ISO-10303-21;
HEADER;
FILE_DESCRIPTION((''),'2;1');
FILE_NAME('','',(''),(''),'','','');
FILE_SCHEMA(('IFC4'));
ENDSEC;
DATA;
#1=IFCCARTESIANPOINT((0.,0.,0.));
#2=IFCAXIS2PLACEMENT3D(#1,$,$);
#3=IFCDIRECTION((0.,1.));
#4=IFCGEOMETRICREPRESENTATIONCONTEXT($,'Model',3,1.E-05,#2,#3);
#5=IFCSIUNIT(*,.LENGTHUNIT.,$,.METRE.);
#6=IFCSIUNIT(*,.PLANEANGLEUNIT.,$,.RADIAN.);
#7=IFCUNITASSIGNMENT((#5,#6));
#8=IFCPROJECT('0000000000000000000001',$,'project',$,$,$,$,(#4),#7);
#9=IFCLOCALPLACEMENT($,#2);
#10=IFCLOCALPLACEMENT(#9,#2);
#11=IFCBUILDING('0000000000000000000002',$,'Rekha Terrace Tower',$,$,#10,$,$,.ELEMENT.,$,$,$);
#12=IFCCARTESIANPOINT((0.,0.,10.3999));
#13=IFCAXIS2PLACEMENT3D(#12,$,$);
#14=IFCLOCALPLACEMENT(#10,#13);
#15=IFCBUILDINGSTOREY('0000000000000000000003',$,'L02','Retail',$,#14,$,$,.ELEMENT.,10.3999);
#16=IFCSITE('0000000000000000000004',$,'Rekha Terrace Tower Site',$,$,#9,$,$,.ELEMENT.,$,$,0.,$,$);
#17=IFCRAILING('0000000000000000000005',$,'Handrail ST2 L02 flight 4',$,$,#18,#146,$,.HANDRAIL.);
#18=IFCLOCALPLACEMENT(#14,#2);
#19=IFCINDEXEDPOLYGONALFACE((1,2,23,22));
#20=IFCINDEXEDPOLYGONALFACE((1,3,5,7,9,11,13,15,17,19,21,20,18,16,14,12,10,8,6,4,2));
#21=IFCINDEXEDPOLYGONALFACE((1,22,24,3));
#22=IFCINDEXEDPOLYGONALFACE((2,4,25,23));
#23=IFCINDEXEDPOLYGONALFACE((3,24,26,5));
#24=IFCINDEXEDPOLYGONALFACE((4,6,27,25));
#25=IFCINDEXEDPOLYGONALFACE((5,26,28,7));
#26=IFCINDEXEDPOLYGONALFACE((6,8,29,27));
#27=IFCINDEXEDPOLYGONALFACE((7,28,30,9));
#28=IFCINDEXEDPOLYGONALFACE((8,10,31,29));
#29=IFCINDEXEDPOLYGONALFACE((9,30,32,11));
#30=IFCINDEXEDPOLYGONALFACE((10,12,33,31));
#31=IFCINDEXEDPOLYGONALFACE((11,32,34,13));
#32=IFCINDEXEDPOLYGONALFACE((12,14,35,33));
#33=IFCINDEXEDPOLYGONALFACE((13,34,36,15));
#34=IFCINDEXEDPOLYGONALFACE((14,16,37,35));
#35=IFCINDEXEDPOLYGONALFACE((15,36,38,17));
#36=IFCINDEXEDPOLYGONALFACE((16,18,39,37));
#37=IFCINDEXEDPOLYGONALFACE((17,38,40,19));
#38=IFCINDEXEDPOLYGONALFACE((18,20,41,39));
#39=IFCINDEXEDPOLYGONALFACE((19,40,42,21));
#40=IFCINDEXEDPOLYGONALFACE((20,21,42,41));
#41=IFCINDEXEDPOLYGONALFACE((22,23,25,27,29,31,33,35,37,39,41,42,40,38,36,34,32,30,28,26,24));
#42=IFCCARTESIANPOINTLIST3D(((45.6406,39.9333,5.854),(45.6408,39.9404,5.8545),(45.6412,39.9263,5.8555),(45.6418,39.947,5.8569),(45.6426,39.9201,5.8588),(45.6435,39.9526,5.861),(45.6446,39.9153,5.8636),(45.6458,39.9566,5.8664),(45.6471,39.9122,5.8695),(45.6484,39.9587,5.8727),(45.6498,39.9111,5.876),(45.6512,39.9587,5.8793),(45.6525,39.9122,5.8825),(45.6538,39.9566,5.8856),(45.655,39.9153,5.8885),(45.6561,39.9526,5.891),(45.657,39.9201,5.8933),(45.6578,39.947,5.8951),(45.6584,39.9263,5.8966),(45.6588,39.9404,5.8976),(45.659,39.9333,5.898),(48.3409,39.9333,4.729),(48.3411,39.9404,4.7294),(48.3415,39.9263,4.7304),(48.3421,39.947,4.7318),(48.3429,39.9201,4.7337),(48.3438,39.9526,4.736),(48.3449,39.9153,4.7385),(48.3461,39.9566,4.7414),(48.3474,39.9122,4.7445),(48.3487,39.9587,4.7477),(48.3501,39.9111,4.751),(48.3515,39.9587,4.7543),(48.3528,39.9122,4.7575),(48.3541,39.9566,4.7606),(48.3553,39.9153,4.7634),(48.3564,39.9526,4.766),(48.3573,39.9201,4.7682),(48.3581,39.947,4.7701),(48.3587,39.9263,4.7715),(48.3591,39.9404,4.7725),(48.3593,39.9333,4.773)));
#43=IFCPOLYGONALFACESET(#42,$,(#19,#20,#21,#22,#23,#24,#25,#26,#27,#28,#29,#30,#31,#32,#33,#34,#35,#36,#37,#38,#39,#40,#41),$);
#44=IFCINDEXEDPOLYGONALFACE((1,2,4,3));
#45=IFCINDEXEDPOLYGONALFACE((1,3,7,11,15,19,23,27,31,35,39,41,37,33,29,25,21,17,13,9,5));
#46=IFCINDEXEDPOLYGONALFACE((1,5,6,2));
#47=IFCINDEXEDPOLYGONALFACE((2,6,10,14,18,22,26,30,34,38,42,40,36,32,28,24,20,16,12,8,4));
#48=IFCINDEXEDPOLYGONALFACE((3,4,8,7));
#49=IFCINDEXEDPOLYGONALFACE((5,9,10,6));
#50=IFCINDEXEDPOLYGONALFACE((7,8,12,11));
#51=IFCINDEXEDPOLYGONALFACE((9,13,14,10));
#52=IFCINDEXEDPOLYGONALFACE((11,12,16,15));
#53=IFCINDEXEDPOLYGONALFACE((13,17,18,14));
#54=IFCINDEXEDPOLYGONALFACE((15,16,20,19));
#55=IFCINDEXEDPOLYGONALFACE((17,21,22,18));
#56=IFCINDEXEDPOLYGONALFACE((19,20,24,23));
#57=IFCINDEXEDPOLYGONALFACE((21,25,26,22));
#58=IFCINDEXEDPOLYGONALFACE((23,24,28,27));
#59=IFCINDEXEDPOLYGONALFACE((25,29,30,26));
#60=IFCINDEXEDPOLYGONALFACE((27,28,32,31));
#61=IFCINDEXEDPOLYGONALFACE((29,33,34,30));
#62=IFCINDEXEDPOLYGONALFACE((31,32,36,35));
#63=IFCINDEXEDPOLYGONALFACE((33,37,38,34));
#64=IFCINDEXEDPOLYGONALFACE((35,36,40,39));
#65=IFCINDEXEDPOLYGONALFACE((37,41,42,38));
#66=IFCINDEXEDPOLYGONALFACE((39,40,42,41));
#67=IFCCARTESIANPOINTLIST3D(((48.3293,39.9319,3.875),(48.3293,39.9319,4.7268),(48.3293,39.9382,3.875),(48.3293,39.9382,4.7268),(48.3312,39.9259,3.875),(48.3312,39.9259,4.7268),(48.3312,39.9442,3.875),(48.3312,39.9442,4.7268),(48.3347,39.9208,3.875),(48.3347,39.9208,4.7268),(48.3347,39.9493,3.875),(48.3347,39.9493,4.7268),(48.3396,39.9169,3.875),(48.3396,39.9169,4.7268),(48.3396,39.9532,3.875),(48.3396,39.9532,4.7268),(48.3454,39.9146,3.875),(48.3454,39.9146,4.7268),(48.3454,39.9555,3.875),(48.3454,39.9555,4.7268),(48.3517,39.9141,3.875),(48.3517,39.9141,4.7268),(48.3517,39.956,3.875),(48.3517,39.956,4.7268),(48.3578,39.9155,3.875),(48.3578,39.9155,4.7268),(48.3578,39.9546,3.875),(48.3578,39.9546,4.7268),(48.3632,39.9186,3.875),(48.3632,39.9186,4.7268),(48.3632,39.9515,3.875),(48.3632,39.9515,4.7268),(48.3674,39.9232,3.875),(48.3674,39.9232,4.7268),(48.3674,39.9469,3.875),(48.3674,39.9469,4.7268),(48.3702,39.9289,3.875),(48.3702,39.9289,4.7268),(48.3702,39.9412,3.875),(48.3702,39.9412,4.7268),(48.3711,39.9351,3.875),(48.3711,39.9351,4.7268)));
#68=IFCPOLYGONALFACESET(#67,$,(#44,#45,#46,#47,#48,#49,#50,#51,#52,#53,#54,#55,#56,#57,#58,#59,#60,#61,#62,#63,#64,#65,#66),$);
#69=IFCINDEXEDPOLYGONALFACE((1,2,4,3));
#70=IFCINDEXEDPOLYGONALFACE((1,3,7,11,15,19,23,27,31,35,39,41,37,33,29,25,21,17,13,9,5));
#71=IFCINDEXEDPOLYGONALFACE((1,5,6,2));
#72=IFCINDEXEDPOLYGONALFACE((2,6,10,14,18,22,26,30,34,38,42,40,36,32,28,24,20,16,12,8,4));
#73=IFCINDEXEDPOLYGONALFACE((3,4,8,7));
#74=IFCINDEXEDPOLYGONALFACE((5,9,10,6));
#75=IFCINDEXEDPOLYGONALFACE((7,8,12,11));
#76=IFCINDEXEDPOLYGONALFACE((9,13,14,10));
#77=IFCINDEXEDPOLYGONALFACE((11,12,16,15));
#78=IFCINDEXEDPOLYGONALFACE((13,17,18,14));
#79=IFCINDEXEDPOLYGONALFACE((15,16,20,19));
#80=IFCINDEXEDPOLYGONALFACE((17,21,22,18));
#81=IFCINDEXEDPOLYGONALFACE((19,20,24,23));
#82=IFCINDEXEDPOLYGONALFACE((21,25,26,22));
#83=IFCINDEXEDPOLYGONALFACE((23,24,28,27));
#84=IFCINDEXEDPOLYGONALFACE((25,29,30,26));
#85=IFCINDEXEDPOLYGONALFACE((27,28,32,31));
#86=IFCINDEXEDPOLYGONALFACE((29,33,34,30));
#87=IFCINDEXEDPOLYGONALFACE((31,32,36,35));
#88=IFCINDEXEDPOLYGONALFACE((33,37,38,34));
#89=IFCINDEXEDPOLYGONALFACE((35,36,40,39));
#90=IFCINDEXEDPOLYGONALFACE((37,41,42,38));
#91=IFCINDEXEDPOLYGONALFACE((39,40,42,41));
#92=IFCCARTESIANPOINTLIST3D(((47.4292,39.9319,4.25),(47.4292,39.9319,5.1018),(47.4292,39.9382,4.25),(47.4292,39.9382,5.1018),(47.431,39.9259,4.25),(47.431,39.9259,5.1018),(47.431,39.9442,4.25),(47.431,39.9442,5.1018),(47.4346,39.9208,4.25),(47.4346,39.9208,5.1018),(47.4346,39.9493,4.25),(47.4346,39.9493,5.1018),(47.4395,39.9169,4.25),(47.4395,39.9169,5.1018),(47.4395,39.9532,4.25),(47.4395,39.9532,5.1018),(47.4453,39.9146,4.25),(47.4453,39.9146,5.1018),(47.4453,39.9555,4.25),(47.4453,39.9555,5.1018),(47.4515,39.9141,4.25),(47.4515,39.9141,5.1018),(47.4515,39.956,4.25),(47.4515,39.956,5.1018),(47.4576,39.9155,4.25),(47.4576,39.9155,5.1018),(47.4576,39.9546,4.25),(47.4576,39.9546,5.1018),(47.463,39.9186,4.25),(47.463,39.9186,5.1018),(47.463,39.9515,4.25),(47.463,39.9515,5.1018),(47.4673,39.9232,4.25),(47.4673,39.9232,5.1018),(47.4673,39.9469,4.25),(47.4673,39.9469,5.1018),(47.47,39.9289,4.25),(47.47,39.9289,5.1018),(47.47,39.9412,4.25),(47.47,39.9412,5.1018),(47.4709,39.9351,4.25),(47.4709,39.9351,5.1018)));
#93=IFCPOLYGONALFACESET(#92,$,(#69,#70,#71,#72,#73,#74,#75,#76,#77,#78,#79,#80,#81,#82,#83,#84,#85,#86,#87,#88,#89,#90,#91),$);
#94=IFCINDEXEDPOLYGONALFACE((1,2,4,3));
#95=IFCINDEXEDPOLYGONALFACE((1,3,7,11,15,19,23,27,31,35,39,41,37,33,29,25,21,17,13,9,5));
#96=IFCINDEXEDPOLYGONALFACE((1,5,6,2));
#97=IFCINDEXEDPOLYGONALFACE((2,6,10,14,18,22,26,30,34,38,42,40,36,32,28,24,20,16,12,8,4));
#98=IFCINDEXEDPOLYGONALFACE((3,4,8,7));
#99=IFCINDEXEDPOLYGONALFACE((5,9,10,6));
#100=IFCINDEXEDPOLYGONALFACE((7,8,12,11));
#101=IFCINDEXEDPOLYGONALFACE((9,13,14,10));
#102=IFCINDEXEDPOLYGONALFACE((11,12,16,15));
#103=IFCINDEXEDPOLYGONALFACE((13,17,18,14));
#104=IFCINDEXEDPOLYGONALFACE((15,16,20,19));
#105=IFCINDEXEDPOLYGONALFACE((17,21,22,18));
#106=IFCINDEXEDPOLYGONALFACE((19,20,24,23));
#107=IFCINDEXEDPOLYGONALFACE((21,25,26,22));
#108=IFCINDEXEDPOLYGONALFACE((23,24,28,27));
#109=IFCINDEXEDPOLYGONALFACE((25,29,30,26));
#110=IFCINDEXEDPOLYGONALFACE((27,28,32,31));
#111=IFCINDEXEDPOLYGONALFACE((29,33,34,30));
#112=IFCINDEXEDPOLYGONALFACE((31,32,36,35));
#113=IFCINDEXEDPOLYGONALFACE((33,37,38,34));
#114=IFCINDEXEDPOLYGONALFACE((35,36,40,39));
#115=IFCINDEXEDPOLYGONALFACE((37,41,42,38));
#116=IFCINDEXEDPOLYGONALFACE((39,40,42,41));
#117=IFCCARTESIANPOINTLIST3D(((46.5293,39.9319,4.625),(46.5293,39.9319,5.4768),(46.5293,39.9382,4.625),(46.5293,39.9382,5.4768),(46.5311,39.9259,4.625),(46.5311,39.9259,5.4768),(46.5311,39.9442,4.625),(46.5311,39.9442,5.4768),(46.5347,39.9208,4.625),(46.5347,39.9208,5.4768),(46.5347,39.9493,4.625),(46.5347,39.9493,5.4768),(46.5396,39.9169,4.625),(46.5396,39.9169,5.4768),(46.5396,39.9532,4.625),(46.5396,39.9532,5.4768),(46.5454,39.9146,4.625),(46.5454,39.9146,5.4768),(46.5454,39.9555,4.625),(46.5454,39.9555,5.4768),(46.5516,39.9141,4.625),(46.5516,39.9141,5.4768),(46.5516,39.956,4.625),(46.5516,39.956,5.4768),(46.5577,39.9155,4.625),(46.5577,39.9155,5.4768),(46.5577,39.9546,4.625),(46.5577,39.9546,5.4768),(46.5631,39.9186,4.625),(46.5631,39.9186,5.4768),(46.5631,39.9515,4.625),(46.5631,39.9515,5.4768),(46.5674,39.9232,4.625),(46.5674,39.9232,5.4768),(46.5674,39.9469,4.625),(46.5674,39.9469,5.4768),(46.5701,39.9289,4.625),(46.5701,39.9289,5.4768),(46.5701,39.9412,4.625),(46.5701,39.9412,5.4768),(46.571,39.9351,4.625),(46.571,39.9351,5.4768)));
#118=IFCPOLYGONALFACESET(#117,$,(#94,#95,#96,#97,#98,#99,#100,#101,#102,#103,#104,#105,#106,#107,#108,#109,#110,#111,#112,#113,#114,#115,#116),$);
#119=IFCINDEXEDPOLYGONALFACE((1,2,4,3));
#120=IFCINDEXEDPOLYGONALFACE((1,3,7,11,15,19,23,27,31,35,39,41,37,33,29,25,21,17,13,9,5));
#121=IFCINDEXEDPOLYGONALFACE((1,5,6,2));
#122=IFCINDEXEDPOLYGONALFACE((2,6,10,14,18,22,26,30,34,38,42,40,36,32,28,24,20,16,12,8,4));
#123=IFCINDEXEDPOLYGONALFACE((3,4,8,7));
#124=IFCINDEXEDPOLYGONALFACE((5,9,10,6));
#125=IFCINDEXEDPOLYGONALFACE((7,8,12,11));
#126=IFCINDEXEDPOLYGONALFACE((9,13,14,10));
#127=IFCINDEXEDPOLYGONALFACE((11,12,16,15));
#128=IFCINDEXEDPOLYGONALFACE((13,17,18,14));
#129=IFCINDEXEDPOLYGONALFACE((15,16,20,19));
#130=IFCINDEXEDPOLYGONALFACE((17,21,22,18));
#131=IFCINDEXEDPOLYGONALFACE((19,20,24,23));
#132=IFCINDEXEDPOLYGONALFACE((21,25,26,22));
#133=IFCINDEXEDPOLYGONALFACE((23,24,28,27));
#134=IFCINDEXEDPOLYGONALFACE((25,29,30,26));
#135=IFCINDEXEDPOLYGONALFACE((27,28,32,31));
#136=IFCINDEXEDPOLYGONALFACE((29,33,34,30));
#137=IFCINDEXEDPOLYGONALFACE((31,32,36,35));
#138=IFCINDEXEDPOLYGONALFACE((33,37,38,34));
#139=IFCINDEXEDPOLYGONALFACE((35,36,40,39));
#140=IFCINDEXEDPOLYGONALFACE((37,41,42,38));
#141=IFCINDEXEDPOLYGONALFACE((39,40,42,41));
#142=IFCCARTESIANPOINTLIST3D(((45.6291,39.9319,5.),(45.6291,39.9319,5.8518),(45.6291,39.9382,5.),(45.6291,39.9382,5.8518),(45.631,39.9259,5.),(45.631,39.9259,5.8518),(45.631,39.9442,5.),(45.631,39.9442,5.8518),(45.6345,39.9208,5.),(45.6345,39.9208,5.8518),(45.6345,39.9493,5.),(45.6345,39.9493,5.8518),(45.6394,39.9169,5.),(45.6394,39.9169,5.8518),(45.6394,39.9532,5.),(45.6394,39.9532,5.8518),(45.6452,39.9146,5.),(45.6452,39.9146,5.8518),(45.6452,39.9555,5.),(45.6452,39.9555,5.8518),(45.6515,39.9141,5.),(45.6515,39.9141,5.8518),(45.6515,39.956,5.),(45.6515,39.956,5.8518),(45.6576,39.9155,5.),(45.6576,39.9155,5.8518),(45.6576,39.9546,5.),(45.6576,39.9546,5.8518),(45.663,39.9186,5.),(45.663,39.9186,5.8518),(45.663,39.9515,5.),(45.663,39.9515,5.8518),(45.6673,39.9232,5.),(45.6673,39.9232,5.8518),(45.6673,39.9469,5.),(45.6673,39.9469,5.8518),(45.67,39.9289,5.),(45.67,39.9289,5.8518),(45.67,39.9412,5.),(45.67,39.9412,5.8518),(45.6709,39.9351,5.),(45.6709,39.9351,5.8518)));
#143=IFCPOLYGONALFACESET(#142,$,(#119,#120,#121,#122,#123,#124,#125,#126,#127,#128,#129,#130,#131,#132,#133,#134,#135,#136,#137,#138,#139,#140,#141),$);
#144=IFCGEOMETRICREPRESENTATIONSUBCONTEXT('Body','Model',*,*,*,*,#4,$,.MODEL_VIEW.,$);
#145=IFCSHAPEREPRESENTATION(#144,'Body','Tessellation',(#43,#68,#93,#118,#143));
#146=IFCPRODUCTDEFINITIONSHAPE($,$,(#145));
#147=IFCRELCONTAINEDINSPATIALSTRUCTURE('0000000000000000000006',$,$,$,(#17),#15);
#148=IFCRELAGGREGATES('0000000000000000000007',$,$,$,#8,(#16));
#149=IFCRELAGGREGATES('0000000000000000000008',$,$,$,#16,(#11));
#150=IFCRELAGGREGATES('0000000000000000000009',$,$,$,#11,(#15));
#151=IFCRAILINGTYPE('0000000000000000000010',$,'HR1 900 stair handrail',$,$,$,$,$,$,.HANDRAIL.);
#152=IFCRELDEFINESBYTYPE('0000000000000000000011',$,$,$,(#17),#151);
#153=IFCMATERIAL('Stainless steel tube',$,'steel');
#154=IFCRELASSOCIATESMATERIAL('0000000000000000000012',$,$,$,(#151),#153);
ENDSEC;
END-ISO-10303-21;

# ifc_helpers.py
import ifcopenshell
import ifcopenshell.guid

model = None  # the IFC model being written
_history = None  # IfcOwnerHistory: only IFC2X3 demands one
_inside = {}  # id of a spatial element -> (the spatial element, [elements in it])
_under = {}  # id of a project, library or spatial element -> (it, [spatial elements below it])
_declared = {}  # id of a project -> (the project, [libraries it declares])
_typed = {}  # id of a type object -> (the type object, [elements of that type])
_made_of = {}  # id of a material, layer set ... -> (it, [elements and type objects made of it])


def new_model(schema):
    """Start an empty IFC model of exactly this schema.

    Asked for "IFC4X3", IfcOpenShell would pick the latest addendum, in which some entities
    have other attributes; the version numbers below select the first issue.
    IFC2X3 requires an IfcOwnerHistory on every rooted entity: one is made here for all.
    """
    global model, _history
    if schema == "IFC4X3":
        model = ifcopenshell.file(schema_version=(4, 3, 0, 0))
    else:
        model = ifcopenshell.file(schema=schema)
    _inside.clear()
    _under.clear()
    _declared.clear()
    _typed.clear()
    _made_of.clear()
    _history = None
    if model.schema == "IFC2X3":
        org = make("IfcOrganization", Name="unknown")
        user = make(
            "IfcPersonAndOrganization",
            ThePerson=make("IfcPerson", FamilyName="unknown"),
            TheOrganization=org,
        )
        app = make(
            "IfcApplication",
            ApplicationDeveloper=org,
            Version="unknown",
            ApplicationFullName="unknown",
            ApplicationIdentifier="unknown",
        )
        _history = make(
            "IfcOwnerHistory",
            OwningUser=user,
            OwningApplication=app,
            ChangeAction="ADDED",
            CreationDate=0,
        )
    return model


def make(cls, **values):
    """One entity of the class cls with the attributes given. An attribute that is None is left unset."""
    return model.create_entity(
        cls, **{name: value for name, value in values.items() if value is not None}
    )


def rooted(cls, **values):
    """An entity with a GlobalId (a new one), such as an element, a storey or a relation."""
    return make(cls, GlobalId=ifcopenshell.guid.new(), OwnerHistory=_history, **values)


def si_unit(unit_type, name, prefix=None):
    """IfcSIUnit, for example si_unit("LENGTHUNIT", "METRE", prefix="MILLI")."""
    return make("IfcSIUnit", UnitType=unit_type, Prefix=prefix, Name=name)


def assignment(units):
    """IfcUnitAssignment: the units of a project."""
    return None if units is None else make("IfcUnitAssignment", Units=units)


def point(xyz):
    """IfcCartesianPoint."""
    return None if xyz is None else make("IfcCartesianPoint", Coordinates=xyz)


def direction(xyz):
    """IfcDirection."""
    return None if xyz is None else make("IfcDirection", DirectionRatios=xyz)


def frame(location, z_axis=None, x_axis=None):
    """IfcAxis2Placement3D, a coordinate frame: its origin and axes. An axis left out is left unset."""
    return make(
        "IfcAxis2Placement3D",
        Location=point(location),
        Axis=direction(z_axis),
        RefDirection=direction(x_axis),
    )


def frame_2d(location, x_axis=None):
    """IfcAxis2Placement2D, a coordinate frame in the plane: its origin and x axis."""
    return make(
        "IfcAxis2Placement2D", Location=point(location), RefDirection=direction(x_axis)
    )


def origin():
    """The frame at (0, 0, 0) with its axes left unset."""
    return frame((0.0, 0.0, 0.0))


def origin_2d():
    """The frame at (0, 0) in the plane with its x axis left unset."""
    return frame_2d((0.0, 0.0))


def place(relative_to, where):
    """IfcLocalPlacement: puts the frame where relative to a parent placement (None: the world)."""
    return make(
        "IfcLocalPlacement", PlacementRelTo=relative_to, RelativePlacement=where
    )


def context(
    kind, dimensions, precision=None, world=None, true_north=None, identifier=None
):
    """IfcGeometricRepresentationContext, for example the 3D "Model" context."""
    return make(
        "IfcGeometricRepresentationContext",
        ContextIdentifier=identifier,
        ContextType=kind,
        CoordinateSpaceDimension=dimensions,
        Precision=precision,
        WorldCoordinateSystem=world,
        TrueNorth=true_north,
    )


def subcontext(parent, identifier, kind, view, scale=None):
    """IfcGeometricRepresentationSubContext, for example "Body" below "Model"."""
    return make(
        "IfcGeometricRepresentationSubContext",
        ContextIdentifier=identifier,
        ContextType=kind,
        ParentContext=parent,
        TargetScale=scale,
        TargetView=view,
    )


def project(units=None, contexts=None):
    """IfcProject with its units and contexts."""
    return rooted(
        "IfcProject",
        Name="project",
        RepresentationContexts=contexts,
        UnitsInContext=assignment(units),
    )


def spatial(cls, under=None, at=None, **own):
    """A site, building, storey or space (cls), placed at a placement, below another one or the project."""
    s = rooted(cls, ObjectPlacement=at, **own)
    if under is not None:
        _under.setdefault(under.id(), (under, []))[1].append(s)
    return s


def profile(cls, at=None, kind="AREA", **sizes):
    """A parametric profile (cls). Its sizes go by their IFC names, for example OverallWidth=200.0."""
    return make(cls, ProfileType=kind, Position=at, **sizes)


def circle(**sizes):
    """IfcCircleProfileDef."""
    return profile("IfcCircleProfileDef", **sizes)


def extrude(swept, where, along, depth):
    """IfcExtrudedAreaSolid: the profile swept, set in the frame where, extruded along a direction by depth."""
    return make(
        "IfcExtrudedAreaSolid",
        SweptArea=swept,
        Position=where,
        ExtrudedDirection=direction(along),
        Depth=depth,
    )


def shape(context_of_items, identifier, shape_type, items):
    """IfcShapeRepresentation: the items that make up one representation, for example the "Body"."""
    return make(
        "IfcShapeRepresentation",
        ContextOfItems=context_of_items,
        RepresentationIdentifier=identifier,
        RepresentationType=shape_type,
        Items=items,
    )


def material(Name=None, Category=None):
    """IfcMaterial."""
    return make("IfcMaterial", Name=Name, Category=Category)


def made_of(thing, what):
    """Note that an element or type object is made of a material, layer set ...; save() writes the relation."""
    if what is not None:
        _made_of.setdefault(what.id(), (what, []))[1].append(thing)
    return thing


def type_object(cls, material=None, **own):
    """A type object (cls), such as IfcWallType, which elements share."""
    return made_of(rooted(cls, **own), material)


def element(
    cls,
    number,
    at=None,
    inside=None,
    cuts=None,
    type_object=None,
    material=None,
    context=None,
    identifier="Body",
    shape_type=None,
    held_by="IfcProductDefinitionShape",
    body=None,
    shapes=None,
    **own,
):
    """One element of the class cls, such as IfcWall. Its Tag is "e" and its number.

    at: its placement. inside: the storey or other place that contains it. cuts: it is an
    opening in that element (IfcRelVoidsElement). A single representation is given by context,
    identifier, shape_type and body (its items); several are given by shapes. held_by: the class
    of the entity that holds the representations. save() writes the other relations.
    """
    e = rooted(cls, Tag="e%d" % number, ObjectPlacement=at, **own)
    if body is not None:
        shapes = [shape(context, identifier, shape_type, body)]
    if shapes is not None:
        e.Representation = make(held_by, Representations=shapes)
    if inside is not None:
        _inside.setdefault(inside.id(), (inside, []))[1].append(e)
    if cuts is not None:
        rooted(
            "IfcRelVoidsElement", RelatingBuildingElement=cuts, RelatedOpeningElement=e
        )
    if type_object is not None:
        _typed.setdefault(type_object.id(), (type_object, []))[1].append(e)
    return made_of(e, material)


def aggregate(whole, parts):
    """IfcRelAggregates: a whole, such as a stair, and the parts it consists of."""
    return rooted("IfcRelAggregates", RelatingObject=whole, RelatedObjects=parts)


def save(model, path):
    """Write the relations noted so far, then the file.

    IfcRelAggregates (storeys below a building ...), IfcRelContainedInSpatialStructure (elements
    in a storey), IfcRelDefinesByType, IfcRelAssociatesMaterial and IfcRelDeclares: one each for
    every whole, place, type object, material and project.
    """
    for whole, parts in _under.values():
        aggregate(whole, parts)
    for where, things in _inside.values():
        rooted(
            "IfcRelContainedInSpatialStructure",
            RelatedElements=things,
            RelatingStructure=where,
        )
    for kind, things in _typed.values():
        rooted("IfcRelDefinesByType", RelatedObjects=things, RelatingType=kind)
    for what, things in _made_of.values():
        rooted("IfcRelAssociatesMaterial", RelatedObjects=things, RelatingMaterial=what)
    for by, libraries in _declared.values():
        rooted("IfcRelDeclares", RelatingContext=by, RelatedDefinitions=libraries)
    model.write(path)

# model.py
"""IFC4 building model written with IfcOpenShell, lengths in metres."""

from ifc_helpers import new_model, si_unit, direction, frame, origin, origin_2d, place, context, subcontext, project, spatial, circle, extrude, material, type_object, element, save


model = new_model("IFC4")

# Units and contexts
model_context = context("Model", 3, precision=1e-05, world=origin(), true_north=direction((0.0, 1.0)))
body_context = subcontext(model_context, "Body", "Model", "MODEL_VIEW")
ifc_project = project(units=[si_unit("LENGTHUNIT", "METRE"), si_unit("PLANEANGLEUNIT", "RADIAN")], contexts=[model_context])

# Site, building, storey
site_placement = place(None, origin())
site = spatial("IfcSite", under=ifc_project, at=site_placement, Name="Rekha Terrace Tower Site", CompositionType="ELEMENT", RefElevation=0.0)
building_placement = place(site_placement, origin())
building = spatial("IfcBuilding", under=site, at=building_placement, Name="Rekha Terrace Tower", CompositionType="ELEMENT")
storey_placement = place(building_placement, frame((0.0, 0.0, 10.3999)))
storey = spatial("IfcBuildingStorey", under=building, at=storey_placement, Name="L02", Description="Retail", CompositionType="ELEMENT", Elevation=10.3999)

# Railing
ifc_material_1 = material(Name="Stainless steel tube", Category="steel")
railing_type_1 = type_object("IfcRailingType", Name="HR1 900 stair handrail", PredefinedType="HANDRAIL", material=ifc_material_1)
railing_1_placement = place(storey_placement, frame((48.3501, 39.9351, 3.875)))
element("IfcRailing", 1, at=railing_1_placement, inside=storey, type_object=railing_type_1, Name="Handrail ST2 L02 flight 4", PredefinedType="HANDRAIL", context=body_context, shape_type="SweptSolid", body=[
    extrude(circle(Radius=0.0239, at=origin_2d()), frame((0.0, 0.0, 0.876), z_axis=(-0.923087, 0.0, 0.384592), x_axis=(0.0, -1.0, 0.0)), (0.0, 0.0, 1.0), 2.9253),
    extrude(circle(Radius=0.021, at=origin_2d()), origin(), (0.0, 0.0, 1.0), 0.8518),
    extrude(circle(Radius=0.021, at=origin_2d()), frame((-0.9001, 0.0, 0.375)), (0.0, 0.0, 1.0), 0.8518),
    extrude(circle(Radius=0.021, at=origin_2d()), frame((-1.8, 0.0, 0.75)), (0.0, 0.0, 1.0), 0.8518),
    extrude(circle(Radius=0.021, at=origin_2d()), frame((-2.7002, 0.0, 1.125)), (0.0, 0.0, 1.0), 0.8518),
])

save(model, "model.ifc")
